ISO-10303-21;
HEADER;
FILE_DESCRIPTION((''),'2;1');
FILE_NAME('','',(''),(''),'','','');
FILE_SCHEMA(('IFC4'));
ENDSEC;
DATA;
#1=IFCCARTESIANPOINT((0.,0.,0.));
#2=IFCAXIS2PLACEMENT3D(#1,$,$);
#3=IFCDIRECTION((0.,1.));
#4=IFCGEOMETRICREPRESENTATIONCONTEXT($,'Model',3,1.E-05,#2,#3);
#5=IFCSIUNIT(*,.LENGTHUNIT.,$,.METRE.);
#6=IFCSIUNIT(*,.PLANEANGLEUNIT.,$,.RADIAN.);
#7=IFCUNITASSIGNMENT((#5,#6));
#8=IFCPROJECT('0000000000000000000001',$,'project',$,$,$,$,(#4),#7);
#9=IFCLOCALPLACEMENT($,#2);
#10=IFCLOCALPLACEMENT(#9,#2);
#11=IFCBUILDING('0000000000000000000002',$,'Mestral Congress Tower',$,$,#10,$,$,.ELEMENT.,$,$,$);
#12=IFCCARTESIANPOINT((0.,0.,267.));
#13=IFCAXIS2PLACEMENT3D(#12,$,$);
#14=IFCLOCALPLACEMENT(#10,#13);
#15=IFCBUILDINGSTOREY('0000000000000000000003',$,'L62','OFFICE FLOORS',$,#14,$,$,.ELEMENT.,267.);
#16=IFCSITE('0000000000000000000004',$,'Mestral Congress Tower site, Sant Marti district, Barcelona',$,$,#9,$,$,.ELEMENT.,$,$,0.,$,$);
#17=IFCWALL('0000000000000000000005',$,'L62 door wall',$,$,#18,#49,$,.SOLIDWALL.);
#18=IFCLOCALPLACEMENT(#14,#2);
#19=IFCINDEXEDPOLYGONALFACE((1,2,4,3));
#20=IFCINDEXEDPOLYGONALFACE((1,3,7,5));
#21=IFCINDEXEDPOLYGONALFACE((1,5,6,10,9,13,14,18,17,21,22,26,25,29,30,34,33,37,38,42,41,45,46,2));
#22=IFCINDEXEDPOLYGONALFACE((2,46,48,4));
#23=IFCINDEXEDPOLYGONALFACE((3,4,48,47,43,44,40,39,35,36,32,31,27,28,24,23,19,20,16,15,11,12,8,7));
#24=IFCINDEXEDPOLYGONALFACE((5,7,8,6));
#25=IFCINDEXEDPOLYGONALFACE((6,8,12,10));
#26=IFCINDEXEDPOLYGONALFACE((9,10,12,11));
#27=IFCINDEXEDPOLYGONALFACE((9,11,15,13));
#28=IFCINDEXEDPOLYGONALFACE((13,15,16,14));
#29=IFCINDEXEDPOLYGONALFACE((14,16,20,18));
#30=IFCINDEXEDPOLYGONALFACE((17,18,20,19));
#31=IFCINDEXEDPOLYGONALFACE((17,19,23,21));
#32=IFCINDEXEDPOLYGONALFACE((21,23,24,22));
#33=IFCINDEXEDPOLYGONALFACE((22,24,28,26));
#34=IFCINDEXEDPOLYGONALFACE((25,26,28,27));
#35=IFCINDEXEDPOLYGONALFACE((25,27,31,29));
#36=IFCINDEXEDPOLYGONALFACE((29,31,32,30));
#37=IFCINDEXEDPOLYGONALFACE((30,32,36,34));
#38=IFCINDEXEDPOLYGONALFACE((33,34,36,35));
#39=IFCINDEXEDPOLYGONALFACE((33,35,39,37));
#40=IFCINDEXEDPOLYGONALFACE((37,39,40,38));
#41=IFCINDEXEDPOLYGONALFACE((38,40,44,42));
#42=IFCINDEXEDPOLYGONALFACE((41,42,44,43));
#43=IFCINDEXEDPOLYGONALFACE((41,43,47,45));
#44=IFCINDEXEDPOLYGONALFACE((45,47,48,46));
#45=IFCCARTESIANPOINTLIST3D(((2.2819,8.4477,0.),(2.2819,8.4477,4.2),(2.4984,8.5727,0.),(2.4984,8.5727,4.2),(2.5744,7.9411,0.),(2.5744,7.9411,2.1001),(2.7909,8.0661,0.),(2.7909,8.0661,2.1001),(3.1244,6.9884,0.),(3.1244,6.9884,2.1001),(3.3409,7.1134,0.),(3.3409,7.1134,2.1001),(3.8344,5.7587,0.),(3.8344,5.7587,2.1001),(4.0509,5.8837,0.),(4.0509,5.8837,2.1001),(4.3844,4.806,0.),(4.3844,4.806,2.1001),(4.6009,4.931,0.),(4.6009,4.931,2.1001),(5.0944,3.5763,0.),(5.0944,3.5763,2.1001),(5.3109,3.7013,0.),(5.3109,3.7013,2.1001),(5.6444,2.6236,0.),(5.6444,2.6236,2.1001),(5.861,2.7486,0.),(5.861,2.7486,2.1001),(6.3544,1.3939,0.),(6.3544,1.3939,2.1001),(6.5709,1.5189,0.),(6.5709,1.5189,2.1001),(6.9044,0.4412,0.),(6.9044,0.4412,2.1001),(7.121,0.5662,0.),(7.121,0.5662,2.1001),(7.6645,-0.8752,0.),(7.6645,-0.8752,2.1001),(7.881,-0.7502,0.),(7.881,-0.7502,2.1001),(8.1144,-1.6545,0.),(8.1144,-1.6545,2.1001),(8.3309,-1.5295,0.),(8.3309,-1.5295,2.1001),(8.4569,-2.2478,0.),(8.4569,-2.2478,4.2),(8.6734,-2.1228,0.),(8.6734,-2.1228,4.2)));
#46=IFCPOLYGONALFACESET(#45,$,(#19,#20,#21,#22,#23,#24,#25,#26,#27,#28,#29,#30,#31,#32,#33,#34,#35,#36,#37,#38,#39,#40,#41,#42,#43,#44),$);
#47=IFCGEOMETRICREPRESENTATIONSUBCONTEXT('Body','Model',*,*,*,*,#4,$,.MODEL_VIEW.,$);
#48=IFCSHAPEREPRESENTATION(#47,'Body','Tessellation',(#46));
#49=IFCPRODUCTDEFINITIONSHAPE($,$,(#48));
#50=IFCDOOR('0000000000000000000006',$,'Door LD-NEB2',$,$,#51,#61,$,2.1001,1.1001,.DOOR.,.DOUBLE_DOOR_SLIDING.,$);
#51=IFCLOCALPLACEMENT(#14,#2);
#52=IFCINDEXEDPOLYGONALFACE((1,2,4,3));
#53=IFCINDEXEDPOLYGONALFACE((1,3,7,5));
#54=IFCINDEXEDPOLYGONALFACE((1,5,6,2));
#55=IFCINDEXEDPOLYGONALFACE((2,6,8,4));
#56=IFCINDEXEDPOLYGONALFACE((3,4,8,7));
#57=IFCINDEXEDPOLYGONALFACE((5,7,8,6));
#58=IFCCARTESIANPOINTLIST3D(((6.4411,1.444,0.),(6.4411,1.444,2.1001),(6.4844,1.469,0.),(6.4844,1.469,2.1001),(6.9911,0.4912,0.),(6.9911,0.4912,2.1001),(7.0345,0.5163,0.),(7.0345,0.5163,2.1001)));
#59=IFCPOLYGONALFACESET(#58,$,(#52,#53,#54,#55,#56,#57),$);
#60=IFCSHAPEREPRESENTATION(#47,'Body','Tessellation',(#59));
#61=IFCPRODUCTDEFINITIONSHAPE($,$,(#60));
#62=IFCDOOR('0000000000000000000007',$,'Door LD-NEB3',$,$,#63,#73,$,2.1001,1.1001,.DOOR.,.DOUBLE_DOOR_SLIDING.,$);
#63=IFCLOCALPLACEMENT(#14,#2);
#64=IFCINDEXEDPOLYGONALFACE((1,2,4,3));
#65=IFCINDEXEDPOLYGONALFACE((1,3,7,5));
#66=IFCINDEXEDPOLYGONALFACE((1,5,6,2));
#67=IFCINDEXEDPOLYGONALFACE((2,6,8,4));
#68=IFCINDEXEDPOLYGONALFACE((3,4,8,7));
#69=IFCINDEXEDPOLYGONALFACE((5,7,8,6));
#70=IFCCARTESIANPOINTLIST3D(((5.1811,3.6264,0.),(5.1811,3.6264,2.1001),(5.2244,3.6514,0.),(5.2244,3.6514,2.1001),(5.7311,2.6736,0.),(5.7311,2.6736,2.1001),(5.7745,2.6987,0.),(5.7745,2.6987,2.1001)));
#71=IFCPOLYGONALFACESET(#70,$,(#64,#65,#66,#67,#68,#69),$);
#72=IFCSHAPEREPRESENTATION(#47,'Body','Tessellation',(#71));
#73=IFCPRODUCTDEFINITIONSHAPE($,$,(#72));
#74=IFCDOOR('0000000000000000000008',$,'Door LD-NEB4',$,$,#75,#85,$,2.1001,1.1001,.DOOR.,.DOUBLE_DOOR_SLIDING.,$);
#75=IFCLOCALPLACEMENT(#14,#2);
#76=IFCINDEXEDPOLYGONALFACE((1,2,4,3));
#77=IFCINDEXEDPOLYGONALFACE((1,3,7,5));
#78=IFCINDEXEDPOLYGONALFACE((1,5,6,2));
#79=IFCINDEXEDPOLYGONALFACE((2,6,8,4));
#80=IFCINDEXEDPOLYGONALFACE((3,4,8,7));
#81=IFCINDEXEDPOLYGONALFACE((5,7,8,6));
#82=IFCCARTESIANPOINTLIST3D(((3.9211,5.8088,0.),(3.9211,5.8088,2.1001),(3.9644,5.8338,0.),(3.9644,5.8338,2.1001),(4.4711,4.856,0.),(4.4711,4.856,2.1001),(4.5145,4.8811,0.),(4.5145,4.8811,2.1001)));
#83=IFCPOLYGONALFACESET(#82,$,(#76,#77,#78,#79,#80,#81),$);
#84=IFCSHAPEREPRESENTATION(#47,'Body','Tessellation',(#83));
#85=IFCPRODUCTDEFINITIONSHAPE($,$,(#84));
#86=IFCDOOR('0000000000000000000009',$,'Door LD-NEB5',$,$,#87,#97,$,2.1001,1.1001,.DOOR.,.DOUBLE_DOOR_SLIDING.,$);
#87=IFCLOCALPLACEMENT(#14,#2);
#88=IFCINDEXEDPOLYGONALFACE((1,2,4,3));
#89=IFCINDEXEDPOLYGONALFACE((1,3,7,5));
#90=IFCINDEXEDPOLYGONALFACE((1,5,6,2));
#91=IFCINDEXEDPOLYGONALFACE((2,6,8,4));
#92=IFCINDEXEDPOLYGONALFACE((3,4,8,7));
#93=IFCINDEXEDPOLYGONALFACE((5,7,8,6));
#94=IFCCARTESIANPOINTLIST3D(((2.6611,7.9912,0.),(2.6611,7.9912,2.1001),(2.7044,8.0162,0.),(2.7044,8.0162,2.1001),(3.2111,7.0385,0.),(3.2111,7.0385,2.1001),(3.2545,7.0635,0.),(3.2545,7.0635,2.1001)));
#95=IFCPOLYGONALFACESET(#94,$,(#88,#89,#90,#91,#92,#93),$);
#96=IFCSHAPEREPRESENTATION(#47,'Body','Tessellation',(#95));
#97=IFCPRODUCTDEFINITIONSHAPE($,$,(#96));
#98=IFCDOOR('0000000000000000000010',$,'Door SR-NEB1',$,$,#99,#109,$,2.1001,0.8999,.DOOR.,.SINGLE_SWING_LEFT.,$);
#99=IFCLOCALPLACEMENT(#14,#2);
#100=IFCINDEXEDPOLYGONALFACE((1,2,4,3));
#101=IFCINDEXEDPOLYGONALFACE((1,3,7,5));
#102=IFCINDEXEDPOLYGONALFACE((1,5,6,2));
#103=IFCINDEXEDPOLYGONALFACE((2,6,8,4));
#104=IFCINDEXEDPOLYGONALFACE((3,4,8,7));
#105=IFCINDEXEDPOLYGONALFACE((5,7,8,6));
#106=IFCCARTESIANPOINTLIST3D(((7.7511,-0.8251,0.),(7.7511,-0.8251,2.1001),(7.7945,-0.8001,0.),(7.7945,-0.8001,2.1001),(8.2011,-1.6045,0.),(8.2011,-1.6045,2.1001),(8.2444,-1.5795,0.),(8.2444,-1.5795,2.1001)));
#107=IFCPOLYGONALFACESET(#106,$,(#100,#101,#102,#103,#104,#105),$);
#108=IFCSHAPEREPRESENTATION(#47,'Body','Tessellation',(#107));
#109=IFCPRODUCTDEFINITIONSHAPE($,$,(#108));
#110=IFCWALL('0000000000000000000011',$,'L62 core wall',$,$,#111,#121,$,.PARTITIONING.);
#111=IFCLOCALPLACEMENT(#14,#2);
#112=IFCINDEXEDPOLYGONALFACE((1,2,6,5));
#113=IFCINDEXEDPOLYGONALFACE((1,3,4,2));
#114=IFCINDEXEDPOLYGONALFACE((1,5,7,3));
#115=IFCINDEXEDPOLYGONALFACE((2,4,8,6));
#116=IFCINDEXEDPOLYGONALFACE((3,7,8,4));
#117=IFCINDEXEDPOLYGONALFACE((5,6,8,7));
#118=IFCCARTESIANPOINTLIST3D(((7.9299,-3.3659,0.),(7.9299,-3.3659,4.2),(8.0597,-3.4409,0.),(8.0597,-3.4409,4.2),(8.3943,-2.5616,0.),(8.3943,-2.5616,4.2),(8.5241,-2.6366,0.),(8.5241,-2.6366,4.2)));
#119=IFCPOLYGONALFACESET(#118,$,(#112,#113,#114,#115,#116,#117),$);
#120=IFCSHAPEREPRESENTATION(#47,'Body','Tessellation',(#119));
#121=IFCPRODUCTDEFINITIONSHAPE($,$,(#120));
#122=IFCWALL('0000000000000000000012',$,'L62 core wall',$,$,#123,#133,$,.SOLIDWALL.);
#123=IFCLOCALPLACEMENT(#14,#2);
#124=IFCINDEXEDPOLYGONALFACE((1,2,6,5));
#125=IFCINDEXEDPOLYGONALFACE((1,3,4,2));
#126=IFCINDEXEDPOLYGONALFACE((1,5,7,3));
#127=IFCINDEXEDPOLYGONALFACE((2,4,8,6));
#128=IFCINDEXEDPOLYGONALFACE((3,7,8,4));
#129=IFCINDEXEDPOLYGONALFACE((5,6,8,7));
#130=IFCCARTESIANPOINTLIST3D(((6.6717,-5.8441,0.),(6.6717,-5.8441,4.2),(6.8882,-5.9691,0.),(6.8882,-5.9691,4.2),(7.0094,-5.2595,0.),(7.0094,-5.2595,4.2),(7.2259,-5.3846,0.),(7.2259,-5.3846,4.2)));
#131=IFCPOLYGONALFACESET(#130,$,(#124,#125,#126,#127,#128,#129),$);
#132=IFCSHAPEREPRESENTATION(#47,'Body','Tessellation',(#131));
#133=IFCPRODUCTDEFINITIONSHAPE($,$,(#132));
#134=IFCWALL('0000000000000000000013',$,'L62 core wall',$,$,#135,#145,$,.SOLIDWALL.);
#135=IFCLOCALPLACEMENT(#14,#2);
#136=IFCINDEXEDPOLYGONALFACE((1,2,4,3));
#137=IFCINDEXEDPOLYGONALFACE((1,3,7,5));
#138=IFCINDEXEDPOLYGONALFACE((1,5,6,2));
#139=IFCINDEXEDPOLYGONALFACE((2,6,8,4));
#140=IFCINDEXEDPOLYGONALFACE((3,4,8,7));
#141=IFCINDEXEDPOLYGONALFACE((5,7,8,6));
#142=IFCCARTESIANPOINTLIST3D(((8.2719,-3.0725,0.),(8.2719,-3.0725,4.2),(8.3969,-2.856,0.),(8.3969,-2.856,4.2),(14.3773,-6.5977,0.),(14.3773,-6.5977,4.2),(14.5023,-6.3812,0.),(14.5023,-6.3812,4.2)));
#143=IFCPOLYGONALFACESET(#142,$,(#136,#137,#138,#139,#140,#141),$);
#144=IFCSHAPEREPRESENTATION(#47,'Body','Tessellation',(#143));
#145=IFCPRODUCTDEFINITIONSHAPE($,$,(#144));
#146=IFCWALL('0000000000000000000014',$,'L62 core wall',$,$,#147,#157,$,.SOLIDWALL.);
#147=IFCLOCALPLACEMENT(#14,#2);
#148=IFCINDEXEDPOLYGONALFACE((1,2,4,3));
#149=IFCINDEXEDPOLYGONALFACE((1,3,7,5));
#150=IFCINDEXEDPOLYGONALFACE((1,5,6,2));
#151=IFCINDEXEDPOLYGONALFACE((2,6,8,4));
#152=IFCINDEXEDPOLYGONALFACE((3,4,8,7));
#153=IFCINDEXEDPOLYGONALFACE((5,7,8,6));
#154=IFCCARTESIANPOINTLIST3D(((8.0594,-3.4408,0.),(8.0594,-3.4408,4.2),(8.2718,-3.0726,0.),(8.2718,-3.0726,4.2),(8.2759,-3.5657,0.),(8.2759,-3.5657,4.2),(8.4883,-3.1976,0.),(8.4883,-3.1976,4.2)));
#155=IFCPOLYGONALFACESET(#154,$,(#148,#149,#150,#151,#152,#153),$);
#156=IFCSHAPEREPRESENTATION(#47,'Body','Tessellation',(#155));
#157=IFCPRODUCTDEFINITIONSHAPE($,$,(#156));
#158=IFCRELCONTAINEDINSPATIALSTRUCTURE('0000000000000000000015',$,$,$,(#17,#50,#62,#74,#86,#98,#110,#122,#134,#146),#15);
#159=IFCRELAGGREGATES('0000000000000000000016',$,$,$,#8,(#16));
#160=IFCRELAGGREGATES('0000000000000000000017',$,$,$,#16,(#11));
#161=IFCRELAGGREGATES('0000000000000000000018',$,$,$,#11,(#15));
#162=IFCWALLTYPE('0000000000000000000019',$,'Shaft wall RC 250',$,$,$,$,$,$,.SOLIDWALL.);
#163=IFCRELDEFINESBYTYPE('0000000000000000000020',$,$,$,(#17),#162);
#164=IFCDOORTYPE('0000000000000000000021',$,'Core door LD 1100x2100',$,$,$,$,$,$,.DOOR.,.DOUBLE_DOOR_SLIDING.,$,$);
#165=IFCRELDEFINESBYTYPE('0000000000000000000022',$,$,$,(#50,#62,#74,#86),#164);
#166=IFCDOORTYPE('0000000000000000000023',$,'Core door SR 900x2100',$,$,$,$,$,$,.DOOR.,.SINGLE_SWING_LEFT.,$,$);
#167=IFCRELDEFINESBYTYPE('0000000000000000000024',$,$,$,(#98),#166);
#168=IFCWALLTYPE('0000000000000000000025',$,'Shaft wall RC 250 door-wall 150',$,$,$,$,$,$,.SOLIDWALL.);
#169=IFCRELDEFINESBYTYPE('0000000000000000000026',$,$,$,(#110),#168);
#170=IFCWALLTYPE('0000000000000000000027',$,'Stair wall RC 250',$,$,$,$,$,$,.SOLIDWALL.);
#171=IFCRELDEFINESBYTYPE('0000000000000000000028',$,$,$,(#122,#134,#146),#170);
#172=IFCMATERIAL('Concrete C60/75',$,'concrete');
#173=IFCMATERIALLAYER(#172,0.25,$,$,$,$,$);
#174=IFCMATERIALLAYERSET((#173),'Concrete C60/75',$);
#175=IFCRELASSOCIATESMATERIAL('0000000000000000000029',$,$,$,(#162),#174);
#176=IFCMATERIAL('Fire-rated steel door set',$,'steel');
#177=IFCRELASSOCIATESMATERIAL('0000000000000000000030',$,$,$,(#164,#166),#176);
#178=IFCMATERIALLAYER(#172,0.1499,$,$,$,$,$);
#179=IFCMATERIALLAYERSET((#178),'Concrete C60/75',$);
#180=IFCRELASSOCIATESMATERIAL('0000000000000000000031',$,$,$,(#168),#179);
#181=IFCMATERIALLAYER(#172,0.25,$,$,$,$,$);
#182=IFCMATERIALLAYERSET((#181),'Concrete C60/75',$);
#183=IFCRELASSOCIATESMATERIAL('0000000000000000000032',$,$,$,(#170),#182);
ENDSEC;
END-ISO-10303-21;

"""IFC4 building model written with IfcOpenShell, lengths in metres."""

from ifc_helpers import new_model, si_unit, direction, frame, frame_2d, origin, place, context, subcontext, project, spatial, rectangle, extrude, material, layer, layer_set, type_object, element, fill, save


model = new_model("IFC4")

# Units and contexts
model_context = context("Model", 3, precision=1e-05, world=origin(), true_north=direction((0.0, 1.0)))
body_context = subcontext(model_context, "Body", "Model", "MODEL_VIEW")
ifc_project = project(units=[si_unit("LENGTHUNIT", "METRE"), si_unit("PLANEANGLEUNIT", "RADIAN")], contexts=[model_context])

# Site, building, storey
site_placement = place(None, origin())
site = spatial("IfcSite", under=ifc_project, at=site_placement, Name="Mestral Congress Tower site, Sant Marti district, Barcelona", CompositionType="ELEMENT", RefElevation=0.0)
building_placement = place(site_placement, origin())
building = spatial("IfcBuilding", under=site, at=building_placement, Name="Mestral Congress Tower", CompositionType="ELEMENT")
storey_placement = place(building_placement, frame((0.0, 0.0, 267.0)))
storey = spatial("IfcBuildingStorey", under=building, at=storey_placement, Name="L62", Description="OFFICE FLOORS", CompositionType="ELEMENT", Elevation=267.0)

# Shared definitions
ifc_material_1 = material(Name="Fire-rated steel door set", Category="steel")

# Shared definitions
ifc_material_2 = material(Name="Concrete C60/75", Category="concrete")
ifc_layer_1 = layer(ifc_material_2, 0.25)
ifc_layer_set_1 = layer_set([ifc_layer_1], Name="Concrete C60/75")
wall_type_1 = type_object("IfcWallType", Name="Shaft wall RC 250", PredefinedType="SOLIDWALL", material=ifc_layer_set_1)

# Wall, openings, doors
wall_1_placement = place(storey_placement, frame((8.5652, -2.1853, 0.0), z_axis=(0.0, 0.0, 1.0), x_axis=(-0.499998, 0.866027, 0.0)))
wall_1 = element("IfcWall", 1, at=wall_1_placement, inside=storey, type_object=wall_type_1, Name="L62 door wall", PredefinedType="SOLIDWALL", context=body_context, shape_type="SweptSolid", body=[
    extrude(rectangle(XDim=12.3501, YDim=0.25, at=frame_2d((6.175, 0.0))), origin(), (0.0, 0.0, 1.0), 4.2),
])
opening_1_placement = place(wall_1_placement, frame((0.6851, 0.0, 0.0)))
opening_1 = element("IfcOpeningElement", 2, at=opening_1_placement, cuts=wall_1, PredefinedType="OPENING", context=body_context, shape_type="SweptSolid", body=[
    extrude(rectangle(XDim=0.8999, YDim=2.1001, at=frame_2d((0.45, 1.05))), frame((0.0, 0.135, 0.0), z_axis=(0.0, -1.0, 0.0), x_axis=(1.0, 0.0, 0.0)), (0.0, 0.0, 1.0), 0.27),
])
opening_2_placement = place(wall_1_placement, frame((3.105, 0.0, 0.0)))
opening_2 = element("IfcOpeningElement", 3, at=opening_2_placement, cuts=wall_1, PredefinedType="OPENING", context=body_context, shape_type="SweptSolid", body=[
    extrude(rectangle(XDim=1.1001, YDim=2.1001, at=frame_2d((0.55, 1.05))), frame((0.0, 0.135, 0.0), z_axis=(0.0, -1.0, 0.0), x_axis=(1.0, 0.0, 0.0)), (0.0, 0.0, 1.0), 0.27),
])
opening_3_placement = place(wall_1_placement, frame((5.625, 0.0, 0.0)))
opening_3 = element("IfcOpeningElement", 4, at=opening_3_placement, cuts=wall_1, PredefinedType="OPENING", context=body_context, shape_type="SweptSolid", body=[
    extrude(rectangle(XDim=1.1001, YDim=2.1001, at=frame_2d((0.55, 1.05))), frame((0.0, 0.135, 0.0), z_axis=(0.0, -1.0, 0.0), x_axis=(1.0, 0.0, 0.0)), (0.0, 0.0, 1.0), 0.27),
])
opening_4_placement = place(wall_1_placement, frame((8.145, 0.0, 0.0)))
opening_4 = element("IfcOpeningElement", 5, at=opening_4_placement, cuts=wall_1, PredefinedType="OPENING", context=body_context, shape_type="SweptSolid", body=[
    extrude(rectangle(XDim=1.1001, YDim=2.1001, at=frame_2d((0.55, 1.05))), frame((0.0, 0.135, 0.0), z_axis=(0.0, -1.0, 0.0), x_axis=(1.0, 0.0, 0.0)), (0.0, 0.0, 1.0), 0.27),
])
opening_5_placement = place(wall_1_placement, frame((10.665, 0.0, 0.0)))
opening_5 = element("IfcOpeningElement", 6, at=opening_5_placement, cuts=wall_1, PredefinedType="OPENING", context=body_context, shape_type="SweptSolid", body=[
    extrude(rectangle(XDim=1.1001, YDim=2.1001, at=frame_2d((0.55, 1.05))), frame((0.0, 0.135, 0.0), z_axis=(0.0, -1.0, 0.0), x_axis=(1.0, 0.0, 0.0)), (0.0, 0.0, 1.0), 0.27),
])
door_type_1 = type_object("IfcDoorType", Name="Core door LD 1100x2100", OperationType="DOUBLE_DOOR_SLIDING", PredefinedType="DOOR", material=ifc_material_1)
door_1_placement = place(opening_2_placement, origin())
door_1 = element("IfcDoor", 7, at=door_1_placement, inside=storey, type_object=door_type_1, Name="Door LD-NEB2", OperationType="DOUBLE_DOOR_SLIDING", OverallHeight=2.1001, OverallWidth=1.1001, PredefinedType="DOOR", context=body_context, shape_type="SweptSolid", body=[
    extrude(rectangle(XDim=1.1001, YDim=2.1001, at=frame_2d((0.55, 1.05))), frame((0.0, 0.0249, 0.0), z_axis=(0.0, -1.0, 0.0), x_axis=(1.0, 0.0, 0.0)), (0.0, 0.0, 1.0), 0.05),
])
fill(opening_2, door_1)
door_2_placement = place(opening_3_placement, origin())
door_2 = element("IfcDoor", 8, at=door_2_placement, inside=storey, type_object=door_type_1, Name="Door LD-NEB3", OperationType="DOUBLE_DOOR_SLIDING", OverallHeight=2.1001, OverallWidth=1.1001, PredefinedType="DOOR", context=body_context, shape_type="SweptSolid", body=[
    extrude(rectangle(XDim=1.1001, YDim=2.1001, at=frame_2d((0.55, 1.05))), frame((0.0, 0.0249, 0.0), z_axis=(0.0, -1.0, 0.0), x_axis=(1.0, 0.0, 0.0)), (0.0, 0.0, 1.0), 0.05),
])
fill(opening_3, door_2)
door_3_placement = place(opening_4_placement, origin())
door_3 = element("IfcDoor", 9, at=door_3_placement, inside=storey, type_object=door_type_1, Name="Door LD-NEB4", OperationType="DOUBLE_DOOR_SLIDING", OverallHeight=2.1001, OverallWidth=1.1001, PredefinedType="DOOR", context=body_context, shape_type="SweptSolid", body=[
    extrude(rectangle(XDim=1.1001, YDim=2.1001, at=frame_2d((0.55, 1.05))), frame((0.0, 0.0249, 0.0), z_axis=(0.0, -1.0, 0.0), x_axis=(1.0, 0.0, 0.0)), (0.0, 0.0, 1.0), 0.05),
])
fill(opening_4, door_3)
door_4_placement = place(opening_5_placement, origin())
door_4 = element("IfcDoor", 10, at=door_4_placement, inside=storey, type_object=door_type_1, Name="Door LD-NEB5", OperationType="DOUBLE_DOOR_SLIDING", OverallHeight=2.1001, OverallWidth=1.1001, PredefinedType="DOOR", context=body_context, shape_type="SweptSolid", body=[
    extrude(rectangle(XDim=1.1001, YDim=2.1001, at=frame_2d((0.55, 1.05))), frame((0.0, 0.0249, 0.0), z_axis=(0.0, -1.0, 0.0), x_axis=(1.0, 0.0, 0.0)), (0.0, 0.0, 1.0), 0.05),
])
fill(opening_5, door_4)
door_type_2 = type_object("IfcDoorType", Name="Core door SR 900x2100", OperationType="SINGLE_SWING_LEFT", PredefinedType="DOOR", material=ifc_material_1)
door_5_placement = place(opening_1_placement, origin())
door_5 = element("IfcDoor", 11, at=door_5_placement, inside=storey, type_object=door_type_2, Name="Door SR-NEB1", OperationType="SINGLE_SWING_LEFT", OverallHeight=2.1001, OverallWidth=0.8999, PredefinedType="DOOR", context=body_context, shape_type="SweptSolid", body=[
    extrude(rectangle(XDim=0.8999, YDim=2.1001, at=frame_2d((0.45, 1.05))), frame((0.0, 0.0249, 0.0), z_axis=(0.0, -1.0, 0.0), x_axis=(1.0, 0.0, 0.0)), (0.0, 0.0, 1.0), 0.05),
])
fill(opening_1, door_5)

# Walls
ifc_layer_2 = layer(ifc_material_2, 0.1499)
ifc_layer_set_2 = layer_set([ifc_layer_2], Name="Concrete C60/75")
wall_type_2 = type_object("IfcWallType", Name="Shaft wall RC 250 door-wall 150", PredefinedType="SOLIDWALL", material=ifc_layer_set_2)
wall_2_placement = place(storey_placement, frame((8.4592, -2.5991, 0.0), z_axis=(0.0, 0.0, 1.0), x_axis=(-0.500041, -0.866002, 0.0)))
element("IfcWall", 12, at=wall_2_placement, inside=storey, type_object=wall_type_2, Name="L62 core wall", PredefinedType="PARTITIONING", context=body_context, shape_type="SweptSolid", body=[
    extrude(rectangle(XDim=0.9287, YDim=0.1499, at=frame_2d((0.4644, 0.0))), origin(), (0.0, 0.0, 1.0), 4.2),
])
ifc_layer_3 = layer(ifc_material_2, 0.25)
ifc_layer_set_3 = layer_set([ifc_layer_3], Name="Concrete C60/75")
wall_type_3 = type_object("IfcWallType", Name="Stair wall RC 250", PredefinedType="SOLIDWALL", material=ifc_layer_set_3)
wall_3_placement = place(storey_placement, frame((6.78, -5.9065, 0.0), z_axis=(0.0, 0.0, 1.0), x_axis=(0.500223, 0.865896, 0.0)))
element("IfcWall", 13, at=wall_3_placement, inside=storey, type_object=wall_type_3, Name="L62 core wall", PredefinedType="SOLIDWALL", context=body_context, shape_type="SweptSolid", body=[
    extrude(rectangle(XDim=0.675, YDim=0.25, at=frame_2d((0.3374, 0.0))), origin(), (0.0, 0.0, 1.0), 4.2),
])
wall_4_placement = place(storey_placement, frame((8.3345, -2.9644, 0.0), z_axis=(0.0, 0.0, 1.0), x_axis=(0.866016, -0.500016, 0.0)))
element("IfcWall", 14, at=wall_4_placement, inside=storey, type_object=wall_type_3, Name="L62 core wall", PredefinedType="SOLIDWALL", context=body_context, shape_type="SweptSolid", body=[
    extrude(rectangle(XDim=7.05, YDim=0.25, at=frame_2d((3.5249, 0.0))), origin(), (0.0, 0.0, 1.0), 4.2),
])
wall_5_placement = place(storey_placement, frame((8.1677, -3.5032, 0.0), z_axis=(0.0, 0.0, 1.0), x_axis=(0.499722, 0.866186, 0.0)))
element("IfcWall", 15, at=wall_5_placement, inside=storey, type_object=wall_type_3, Name="L62 core wall", PredefinedType="SOLIDWALL", context=body_context, shape_type="SweptSolid", body=[
    extrude(rectangle(XDim=0.425, YDim=0.25, at=frame_2d((0.2124, 0.0))), origin(), (0.0, 0.0, 1.0), 4.2),
])

save(model, "model.ifc")
